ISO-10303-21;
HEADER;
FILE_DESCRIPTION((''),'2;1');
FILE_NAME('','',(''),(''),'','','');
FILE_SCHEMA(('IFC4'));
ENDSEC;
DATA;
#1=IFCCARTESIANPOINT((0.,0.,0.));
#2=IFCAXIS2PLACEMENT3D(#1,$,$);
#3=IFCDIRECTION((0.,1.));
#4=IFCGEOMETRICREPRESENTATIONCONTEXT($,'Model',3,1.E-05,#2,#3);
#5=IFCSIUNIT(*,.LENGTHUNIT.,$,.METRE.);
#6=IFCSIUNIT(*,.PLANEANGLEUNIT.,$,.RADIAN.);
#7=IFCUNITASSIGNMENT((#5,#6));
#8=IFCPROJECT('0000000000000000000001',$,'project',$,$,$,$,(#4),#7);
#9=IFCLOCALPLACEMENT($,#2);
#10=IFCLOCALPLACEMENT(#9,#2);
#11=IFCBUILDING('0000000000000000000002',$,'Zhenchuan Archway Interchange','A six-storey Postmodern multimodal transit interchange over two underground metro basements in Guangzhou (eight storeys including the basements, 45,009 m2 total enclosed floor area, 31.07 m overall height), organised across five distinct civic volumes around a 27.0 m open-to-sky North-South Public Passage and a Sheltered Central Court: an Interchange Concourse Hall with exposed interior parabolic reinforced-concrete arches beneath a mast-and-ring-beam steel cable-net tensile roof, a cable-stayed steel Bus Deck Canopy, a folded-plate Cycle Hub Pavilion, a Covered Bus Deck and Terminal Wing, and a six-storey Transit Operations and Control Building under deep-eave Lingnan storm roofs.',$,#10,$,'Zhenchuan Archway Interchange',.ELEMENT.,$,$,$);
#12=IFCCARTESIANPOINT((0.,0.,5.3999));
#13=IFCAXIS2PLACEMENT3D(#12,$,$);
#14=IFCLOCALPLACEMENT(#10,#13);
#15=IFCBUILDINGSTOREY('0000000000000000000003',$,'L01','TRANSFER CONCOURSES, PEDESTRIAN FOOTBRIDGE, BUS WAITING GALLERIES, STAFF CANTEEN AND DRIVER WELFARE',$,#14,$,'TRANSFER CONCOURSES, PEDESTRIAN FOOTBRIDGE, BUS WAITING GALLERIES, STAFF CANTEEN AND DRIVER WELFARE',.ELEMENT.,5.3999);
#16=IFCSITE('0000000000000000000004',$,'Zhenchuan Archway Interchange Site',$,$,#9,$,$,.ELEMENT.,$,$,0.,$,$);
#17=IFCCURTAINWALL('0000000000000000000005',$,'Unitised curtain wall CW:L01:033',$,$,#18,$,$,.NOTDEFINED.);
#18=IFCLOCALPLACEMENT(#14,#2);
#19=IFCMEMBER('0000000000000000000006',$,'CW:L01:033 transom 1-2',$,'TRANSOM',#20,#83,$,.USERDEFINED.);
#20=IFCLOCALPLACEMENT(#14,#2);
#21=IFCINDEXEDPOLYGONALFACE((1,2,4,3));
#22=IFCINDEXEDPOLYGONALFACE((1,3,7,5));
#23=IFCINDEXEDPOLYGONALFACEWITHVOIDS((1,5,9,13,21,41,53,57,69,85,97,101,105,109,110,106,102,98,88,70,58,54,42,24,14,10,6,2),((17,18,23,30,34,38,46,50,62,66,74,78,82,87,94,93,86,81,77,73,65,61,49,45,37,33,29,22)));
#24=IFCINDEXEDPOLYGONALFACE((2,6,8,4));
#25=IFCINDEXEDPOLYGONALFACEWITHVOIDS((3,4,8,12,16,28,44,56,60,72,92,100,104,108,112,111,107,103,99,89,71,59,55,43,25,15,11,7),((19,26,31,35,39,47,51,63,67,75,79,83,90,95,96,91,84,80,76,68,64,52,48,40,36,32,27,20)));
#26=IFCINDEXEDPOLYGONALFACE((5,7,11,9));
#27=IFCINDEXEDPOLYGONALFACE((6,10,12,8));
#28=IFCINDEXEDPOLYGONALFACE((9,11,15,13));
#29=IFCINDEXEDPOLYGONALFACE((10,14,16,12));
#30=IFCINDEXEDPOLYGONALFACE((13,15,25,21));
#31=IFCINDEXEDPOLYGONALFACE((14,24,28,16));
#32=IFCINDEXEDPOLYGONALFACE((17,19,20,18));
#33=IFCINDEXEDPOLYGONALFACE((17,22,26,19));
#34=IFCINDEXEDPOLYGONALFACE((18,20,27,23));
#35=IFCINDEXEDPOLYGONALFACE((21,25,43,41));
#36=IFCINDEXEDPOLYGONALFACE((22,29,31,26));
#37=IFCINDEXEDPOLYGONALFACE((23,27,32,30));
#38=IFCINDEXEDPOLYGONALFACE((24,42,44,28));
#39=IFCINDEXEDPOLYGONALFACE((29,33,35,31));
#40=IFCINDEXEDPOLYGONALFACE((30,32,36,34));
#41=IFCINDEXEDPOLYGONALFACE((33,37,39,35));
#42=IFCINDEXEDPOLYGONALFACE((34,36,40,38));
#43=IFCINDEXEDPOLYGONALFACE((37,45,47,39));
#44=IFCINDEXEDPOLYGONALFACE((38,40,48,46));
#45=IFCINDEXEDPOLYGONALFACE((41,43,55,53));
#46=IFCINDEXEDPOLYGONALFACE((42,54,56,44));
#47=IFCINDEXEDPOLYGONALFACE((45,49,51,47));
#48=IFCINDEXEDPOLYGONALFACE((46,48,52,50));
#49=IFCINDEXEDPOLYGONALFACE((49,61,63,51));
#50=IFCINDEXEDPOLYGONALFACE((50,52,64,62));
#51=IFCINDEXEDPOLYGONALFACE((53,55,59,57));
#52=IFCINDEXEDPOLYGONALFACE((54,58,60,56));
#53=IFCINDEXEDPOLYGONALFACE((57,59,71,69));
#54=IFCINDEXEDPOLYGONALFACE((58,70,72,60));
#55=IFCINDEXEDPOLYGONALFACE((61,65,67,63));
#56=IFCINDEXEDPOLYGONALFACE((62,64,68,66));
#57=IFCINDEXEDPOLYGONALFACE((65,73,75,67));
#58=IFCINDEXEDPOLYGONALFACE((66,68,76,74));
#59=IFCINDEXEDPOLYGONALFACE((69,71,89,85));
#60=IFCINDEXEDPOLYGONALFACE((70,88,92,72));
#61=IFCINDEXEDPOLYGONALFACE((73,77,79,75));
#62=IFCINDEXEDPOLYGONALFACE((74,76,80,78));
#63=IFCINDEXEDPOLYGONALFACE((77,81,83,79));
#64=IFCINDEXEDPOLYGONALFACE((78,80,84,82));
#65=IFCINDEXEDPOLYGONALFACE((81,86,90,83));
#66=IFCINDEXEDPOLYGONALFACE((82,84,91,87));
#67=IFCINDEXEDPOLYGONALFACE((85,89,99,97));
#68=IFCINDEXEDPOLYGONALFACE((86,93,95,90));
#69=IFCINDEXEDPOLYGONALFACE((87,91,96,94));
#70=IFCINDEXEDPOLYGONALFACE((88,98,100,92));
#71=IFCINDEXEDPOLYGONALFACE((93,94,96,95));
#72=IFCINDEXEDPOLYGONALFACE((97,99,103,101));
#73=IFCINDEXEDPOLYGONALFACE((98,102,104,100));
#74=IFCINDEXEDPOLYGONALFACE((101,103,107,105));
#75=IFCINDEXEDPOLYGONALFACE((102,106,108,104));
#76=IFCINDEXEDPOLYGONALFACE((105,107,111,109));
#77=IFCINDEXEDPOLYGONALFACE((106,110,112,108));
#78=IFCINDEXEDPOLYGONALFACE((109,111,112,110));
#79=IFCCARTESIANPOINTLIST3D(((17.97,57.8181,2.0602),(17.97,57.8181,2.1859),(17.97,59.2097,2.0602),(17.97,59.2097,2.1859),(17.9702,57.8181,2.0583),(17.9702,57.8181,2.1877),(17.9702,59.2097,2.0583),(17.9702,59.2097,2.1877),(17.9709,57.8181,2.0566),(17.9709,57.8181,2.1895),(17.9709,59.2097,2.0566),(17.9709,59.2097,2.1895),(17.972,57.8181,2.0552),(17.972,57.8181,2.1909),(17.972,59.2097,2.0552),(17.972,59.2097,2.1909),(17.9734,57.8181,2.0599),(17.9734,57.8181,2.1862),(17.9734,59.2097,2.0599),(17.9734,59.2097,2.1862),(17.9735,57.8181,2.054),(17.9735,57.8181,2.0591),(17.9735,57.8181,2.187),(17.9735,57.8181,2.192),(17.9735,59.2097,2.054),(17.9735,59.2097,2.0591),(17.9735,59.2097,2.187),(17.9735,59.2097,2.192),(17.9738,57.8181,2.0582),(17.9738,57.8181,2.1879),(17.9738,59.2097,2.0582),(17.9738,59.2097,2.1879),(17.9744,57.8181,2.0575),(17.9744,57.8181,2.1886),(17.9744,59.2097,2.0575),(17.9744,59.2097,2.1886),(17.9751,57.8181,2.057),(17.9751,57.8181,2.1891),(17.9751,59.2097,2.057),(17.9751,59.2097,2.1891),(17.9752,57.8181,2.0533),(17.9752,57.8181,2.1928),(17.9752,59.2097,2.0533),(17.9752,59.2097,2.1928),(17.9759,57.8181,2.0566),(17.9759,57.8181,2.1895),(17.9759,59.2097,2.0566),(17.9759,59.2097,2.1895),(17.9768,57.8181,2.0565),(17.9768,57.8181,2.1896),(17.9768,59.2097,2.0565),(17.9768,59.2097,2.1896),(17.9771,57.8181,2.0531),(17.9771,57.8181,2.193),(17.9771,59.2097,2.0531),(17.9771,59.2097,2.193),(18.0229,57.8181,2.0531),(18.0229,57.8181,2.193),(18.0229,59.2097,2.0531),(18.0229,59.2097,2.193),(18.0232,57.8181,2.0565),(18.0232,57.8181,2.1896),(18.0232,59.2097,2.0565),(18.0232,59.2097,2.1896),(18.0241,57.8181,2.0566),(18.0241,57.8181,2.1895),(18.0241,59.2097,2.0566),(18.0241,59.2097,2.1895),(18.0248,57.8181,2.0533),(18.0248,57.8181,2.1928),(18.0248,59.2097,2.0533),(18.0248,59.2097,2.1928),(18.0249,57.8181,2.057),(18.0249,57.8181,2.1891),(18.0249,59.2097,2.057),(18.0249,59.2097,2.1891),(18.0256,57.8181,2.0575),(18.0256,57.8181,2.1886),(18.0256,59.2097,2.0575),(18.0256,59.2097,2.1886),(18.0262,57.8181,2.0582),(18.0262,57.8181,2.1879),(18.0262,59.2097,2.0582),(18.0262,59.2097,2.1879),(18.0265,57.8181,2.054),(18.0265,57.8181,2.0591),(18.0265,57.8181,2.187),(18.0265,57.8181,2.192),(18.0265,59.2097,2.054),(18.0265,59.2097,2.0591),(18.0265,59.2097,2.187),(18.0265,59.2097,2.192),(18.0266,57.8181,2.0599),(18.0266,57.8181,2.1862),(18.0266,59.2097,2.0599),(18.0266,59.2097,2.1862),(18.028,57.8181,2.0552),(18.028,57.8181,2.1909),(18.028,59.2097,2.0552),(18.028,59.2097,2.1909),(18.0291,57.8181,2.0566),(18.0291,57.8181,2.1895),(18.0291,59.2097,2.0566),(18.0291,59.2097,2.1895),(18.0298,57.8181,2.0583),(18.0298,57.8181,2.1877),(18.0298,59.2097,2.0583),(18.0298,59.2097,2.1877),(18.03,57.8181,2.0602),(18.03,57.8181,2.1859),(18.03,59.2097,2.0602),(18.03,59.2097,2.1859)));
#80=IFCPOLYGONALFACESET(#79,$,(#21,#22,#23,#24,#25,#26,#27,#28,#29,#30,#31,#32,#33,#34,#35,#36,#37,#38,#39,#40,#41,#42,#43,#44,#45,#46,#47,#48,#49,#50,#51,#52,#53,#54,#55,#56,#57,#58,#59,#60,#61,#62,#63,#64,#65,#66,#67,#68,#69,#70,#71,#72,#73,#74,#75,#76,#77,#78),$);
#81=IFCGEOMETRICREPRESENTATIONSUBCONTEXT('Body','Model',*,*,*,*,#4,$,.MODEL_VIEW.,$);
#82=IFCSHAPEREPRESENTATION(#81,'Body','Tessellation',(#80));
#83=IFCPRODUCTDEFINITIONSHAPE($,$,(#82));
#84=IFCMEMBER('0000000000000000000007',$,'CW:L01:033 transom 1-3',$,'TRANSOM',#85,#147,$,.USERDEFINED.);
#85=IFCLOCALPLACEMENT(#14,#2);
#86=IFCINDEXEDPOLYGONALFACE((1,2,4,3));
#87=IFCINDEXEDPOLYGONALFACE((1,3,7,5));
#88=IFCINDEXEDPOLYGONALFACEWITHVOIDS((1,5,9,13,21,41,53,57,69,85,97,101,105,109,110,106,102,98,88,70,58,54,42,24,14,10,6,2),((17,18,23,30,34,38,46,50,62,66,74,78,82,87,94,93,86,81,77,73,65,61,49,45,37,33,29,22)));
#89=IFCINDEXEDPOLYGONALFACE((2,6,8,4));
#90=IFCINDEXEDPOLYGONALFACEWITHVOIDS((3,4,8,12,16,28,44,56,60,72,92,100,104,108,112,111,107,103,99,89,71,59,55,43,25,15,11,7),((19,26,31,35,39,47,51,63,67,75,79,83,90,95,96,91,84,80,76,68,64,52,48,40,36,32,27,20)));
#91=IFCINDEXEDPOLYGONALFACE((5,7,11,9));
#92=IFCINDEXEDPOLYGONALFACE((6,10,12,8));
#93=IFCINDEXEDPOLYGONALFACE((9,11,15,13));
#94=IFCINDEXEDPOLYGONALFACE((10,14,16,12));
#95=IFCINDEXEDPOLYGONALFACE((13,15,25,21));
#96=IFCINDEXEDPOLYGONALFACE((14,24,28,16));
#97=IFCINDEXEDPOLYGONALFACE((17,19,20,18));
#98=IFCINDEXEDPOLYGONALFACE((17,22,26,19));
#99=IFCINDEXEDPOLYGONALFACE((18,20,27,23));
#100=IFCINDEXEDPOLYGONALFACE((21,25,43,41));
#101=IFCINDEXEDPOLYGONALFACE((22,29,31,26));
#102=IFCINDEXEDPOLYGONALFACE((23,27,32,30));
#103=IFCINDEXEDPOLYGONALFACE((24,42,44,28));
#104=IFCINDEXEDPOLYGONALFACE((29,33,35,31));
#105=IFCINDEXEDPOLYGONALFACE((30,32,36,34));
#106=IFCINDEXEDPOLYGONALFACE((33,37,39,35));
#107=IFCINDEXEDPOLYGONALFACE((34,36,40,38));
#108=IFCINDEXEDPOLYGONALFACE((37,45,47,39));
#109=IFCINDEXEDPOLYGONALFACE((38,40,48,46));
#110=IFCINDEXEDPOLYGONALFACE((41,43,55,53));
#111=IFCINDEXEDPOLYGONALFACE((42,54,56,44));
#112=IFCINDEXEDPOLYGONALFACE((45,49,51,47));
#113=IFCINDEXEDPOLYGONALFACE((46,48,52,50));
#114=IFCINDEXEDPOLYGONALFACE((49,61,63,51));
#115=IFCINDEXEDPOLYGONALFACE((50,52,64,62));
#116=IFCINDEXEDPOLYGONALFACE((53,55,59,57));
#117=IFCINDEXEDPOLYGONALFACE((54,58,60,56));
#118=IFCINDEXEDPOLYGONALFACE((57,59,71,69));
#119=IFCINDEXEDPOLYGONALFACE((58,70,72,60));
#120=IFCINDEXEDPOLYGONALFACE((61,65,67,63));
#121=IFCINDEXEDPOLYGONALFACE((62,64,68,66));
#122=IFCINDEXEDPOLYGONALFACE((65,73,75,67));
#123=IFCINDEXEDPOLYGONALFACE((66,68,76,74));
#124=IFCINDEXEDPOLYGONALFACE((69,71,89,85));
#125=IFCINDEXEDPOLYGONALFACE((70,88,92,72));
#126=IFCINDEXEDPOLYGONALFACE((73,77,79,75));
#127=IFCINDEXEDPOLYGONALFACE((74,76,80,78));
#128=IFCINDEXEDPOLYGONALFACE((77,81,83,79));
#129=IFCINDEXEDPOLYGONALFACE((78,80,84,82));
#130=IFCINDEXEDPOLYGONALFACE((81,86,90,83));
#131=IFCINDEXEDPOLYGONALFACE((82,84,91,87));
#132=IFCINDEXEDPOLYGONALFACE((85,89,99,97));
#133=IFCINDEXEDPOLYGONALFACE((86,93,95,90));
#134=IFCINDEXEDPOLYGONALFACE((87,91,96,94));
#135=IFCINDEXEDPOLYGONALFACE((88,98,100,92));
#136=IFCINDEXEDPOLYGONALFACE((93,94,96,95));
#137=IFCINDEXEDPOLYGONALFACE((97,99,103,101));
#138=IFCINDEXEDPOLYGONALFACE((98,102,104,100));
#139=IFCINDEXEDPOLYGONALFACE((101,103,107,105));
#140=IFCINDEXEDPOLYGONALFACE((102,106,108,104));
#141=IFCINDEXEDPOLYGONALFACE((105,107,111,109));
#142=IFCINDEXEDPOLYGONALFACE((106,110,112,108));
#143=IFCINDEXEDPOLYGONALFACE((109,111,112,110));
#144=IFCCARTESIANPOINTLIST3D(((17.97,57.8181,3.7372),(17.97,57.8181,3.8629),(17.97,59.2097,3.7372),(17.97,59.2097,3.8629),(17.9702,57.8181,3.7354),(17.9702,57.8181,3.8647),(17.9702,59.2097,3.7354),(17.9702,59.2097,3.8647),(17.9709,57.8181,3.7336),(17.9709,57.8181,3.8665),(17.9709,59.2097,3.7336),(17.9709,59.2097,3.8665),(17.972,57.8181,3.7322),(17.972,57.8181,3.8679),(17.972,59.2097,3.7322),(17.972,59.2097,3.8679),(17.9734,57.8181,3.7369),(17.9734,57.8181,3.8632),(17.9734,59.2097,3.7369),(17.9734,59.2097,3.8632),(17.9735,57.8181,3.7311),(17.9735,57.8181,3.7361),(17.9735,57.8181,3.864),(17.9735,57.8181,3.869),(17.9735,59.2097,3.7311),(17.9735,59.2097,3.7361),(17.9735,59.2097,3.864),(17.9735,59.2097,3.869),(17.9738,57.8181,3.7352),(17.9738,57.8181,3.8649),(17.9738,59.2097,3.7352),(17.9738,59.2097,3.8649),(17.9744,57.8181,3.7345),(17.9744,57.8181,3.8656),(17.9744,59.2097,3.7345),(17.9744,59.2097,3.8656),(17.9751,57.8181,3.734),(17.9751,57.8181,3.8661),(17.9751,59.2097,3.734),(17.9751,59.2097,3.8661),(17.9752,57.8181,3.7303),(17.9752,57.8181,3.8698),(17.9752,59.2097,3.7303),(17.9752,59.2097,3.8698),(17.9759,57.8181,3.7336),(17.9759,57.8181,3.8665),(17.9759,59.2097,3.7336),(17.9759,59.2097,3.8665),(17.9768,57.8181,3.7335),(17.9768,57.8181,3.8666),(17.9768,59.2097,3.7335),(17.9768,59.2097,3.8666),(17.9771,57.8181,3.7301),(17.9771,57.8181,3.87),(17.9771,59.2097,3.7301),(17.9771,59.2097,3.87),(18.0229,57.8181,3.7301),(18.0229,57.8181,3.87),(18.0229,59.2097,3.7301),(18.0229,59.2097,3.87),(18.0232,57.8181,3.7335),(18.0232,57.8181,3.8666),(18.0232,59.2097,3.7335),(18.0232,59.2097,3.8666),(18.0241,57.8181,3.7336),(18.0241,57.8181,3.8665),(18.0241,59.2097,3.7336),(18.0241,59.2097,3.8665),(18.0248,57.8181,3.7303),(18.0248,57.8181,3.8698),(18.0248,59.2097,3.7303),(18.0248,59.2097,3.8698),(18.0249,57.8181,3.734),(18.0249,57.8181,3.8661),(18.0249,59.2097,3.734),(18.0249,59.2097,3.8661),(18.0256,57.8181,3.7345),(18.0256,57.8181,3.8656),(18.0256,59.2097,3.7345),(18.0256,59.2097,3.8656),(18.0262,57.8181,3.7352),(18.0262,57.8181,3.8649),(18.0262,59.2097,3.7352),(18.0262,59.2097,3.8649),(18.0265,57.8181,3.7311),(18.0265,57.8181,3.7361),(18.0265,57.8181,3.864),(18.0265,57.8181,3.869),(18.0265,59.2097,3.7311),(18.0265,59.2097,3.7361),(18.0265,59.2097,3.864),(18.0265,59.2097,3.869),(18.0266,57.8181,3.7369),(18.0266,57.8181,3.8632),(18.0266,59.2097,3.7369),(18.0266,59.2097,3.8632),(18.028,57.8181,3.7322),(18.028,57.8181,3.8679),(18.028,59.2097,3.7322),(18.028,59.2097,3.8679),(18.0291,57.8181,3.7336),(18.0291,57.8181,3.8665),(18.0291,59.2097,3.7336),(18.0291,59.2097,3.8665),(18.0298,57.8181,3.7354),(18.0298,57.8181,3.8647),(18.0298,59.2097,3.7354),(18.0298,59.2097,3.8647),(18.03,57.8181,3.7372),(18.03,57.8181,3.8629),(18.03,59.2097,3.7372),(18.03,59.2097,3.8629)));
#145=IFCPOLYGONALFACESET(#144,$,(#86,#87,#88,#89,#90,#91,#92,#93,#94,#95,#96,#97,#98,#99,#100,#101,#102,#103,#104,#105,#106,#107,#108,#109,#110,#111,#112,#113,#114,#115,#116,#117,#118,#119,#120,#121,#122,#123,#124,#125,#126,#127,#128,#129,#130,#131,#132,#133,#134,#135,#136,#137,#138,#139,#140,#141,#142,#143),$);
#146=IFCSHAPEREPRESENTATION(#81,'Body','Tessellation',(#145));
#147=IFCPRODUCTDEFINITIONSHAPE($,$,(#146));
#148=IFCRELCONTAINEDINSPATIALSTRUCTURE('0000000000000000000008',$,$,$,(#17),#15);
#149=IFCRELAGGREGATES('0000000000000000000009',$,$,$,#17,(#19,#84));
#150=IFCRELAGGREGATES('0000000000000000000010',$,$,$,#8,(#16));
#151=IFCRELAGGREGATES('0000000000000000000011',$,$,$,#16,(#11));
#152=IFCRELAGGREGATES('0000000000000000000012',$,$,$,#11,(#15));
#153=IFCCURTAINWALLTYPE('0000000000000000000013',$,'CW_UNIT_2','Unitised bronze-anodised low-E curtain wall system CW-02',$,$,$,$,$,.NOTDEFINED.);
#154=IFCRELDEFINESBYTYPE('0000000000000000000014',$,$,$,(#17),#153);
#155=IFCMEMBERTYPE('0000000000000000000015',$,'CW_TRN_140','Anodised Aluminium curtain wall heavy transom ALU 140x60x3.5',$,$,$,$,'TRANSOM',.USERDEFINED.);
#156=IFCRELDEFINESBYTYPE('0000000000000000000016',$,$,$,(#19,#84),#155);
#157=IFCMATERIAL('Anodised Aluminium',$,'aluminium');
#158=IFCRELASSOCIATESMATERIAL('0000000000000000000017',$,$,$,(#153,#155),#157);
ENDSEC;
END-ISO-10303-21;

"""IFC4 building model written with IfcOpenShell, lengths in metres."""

from ifc_helpers import new_model, si_unit, direction, frame, origin, origin_2d, place, context, subcontext, project, spatial, hollow_rectangle, extrude, material, material_profile, profile_set, type_object, element, aggregate, save


model = new_model("IFC4")

# Units and contexts
model_context = context("Model", 3, precision=1e-05, world=origin(), true_north=direction((0.0, 1.0)))
body_context = subcontext(model_context, "Body", "Model", "MODEL_VIEW")
ifc_project = project(units=[si_unit("LENGTHUNIT", "METRE"), si_unit("PLANEANGLEUNIT", "RADIAN")], contexts=[model_context])

# Site, building, storey
site_placement = place(None, origin())
site = spatial("IfcSite", under=ifc_project, at=site_placement, Name="Zhenchuan Archway Interchange Site", CompositionType="ELEMENT", RefElevation=0.0)
building_placement = place(site_placement, origin())
building = spatial("IfcBuilding", under=site, at=building_placement, Name="Zhenchuan Archway Interchange", Description="A six-storey Postmodern multimodal transit interchange over two underground metro basements in Guangzhou (eight storeys including the basements, 45,009 m2 total enclosed floor area, 31.07 m overall height), organised across five distinct civic volumes around a 27.0 m open-to-sky North-South Public Passage and a Sheltered Central Court: an Interchange Concourse Hall with exposed interior parabolic reinforced-concrete arches beneath a mast-and-ring-beam steel cable-net tensile roof, a cable-stayed steel Bus Deck Canopy, a folded-plate Cycle Hub Pavilion, a Covered Bus Deck and Terminal Wing, and a six-storey Transit Operations and Control Building under deep-eave Lingnan storm roofs.", LongName="Zhenchuan Archway Interchange", CompositionType="ELEMENT")
storey_placement = place(building_placement, frame((0.0, 0.0, 5.3999)))
storey = spatial("IfcBuildingStorey", under=building, at=storey_placement, Name="L01", Description="TRANSFER CONCOURSES, PEDESTRIAN FOOTBRIDGE, BUS WAITING GALLERIES, STAFF CANTEEN AND DRIVER WELFARE", LongName="TRANSFER CONCOURSES, PEDESTRIAN FOOTBRIDGE, BUS WAITING GALLERIES, STAFF CANTEEN AND DRIVER WELFARE", CompositionType="ELEMENT", Elevation=5.3999)

# Curtain wall
ifc_material_1 = material(Name="Anodised Aluminium", Category="aluminium")
curtain_wall_type_1 = type_object("IfcCurtainWallType", Name="CW_UNIT_2", Description="Unitised bronze-anodised low-E curtain wall system CW-02", PredefinedType="NOTDEFINED", material=ifc_material_1)
curtain_wall_1_placement = place(storey_placement, origin())
curtain_wall_1 = element("IfcCurtainWall", 1, at=curtain_wall_1_placement, inside=storey, type_object=curtain_wall_type_1, Name="Unitised curtain wall CW:L01:033", PredefinedType="NOTDEFINED")

# Members
ifc_material_profile_1 = material_profile(ifc_material_1, hollow_rectangle(XDim=0.0601, YDim=0.1399, WallThickness=0.0034, InnerFilletRadius=0.0034, OuterFilletRadius=0.0071, at=origin_2d()), Name="ALU 140x60x3.5")
ifc_profile_set_1 = profile_set([ifc_material_profile_1], Name="Anodised Aluminium")
member_type_1 = type_object("IfcMemberType", Name="CW_TRN_140", Description="Anodised Aluminium curtain wall heavy transom ALU 140x60x3.5", ElementType="TRANSOM", PredefinedType="USERDEFINED", material=ifc_profile_set_1)
member_1_placement = place(storey_placement, frame((18.0, 57.8181, 2.123), z_axis=(0.0, 1.0, 0.0), x_axis=(-1.0, 0.0, 0.0)))
member_1 = element("IfcMember", 2, at=member_1_placement, type_object=member_type_1, Name="CW:L01:033 transom 1-2", ObjectType="TRANSOM", PredefinedType="USERDEFINED", context=body_context, shape_type="SweptSolid", body=[
    extrude(hollow_rectangle(XDim=0.0601, YDim=0.1399, WallThickness=0.0034, InnerFilletRadius=0.0034, OuterFilletRadius=0.0071, at=origin_2d()), origin(), (0.0, 0.0, 1.0), 1.3916),
])
member_2_placement = place(storey_placement, frame((18.0, 57.8181, 3.8), z_axis=(0.0, 1.0, 0.0), x_axis=(-1.0, 0.0, 0.0)))
member_2 = element("IfcMember", 3, at=member_2_placement, type_object=member_type_1, Name="CW:L01:033 transom 1-3", ObjectType="TRANSOM", PredefinedType="USERDEFINED", context=body_context, shape_type="SweptSolid", body=[
    extrude(hollow_rectangle(XDim=0.0601, YDim=0.1399, WallThickness=0.0034, InnerFilletRadius=0.0034, OuterFilletRadius=0.0071, at=origin_2d()), origin(), (0.0, 0.0, 1.0), 1.3916),
])

aggregate(curtain_wall_1, [member_1, member_2])

save(model, "model.ifc")
